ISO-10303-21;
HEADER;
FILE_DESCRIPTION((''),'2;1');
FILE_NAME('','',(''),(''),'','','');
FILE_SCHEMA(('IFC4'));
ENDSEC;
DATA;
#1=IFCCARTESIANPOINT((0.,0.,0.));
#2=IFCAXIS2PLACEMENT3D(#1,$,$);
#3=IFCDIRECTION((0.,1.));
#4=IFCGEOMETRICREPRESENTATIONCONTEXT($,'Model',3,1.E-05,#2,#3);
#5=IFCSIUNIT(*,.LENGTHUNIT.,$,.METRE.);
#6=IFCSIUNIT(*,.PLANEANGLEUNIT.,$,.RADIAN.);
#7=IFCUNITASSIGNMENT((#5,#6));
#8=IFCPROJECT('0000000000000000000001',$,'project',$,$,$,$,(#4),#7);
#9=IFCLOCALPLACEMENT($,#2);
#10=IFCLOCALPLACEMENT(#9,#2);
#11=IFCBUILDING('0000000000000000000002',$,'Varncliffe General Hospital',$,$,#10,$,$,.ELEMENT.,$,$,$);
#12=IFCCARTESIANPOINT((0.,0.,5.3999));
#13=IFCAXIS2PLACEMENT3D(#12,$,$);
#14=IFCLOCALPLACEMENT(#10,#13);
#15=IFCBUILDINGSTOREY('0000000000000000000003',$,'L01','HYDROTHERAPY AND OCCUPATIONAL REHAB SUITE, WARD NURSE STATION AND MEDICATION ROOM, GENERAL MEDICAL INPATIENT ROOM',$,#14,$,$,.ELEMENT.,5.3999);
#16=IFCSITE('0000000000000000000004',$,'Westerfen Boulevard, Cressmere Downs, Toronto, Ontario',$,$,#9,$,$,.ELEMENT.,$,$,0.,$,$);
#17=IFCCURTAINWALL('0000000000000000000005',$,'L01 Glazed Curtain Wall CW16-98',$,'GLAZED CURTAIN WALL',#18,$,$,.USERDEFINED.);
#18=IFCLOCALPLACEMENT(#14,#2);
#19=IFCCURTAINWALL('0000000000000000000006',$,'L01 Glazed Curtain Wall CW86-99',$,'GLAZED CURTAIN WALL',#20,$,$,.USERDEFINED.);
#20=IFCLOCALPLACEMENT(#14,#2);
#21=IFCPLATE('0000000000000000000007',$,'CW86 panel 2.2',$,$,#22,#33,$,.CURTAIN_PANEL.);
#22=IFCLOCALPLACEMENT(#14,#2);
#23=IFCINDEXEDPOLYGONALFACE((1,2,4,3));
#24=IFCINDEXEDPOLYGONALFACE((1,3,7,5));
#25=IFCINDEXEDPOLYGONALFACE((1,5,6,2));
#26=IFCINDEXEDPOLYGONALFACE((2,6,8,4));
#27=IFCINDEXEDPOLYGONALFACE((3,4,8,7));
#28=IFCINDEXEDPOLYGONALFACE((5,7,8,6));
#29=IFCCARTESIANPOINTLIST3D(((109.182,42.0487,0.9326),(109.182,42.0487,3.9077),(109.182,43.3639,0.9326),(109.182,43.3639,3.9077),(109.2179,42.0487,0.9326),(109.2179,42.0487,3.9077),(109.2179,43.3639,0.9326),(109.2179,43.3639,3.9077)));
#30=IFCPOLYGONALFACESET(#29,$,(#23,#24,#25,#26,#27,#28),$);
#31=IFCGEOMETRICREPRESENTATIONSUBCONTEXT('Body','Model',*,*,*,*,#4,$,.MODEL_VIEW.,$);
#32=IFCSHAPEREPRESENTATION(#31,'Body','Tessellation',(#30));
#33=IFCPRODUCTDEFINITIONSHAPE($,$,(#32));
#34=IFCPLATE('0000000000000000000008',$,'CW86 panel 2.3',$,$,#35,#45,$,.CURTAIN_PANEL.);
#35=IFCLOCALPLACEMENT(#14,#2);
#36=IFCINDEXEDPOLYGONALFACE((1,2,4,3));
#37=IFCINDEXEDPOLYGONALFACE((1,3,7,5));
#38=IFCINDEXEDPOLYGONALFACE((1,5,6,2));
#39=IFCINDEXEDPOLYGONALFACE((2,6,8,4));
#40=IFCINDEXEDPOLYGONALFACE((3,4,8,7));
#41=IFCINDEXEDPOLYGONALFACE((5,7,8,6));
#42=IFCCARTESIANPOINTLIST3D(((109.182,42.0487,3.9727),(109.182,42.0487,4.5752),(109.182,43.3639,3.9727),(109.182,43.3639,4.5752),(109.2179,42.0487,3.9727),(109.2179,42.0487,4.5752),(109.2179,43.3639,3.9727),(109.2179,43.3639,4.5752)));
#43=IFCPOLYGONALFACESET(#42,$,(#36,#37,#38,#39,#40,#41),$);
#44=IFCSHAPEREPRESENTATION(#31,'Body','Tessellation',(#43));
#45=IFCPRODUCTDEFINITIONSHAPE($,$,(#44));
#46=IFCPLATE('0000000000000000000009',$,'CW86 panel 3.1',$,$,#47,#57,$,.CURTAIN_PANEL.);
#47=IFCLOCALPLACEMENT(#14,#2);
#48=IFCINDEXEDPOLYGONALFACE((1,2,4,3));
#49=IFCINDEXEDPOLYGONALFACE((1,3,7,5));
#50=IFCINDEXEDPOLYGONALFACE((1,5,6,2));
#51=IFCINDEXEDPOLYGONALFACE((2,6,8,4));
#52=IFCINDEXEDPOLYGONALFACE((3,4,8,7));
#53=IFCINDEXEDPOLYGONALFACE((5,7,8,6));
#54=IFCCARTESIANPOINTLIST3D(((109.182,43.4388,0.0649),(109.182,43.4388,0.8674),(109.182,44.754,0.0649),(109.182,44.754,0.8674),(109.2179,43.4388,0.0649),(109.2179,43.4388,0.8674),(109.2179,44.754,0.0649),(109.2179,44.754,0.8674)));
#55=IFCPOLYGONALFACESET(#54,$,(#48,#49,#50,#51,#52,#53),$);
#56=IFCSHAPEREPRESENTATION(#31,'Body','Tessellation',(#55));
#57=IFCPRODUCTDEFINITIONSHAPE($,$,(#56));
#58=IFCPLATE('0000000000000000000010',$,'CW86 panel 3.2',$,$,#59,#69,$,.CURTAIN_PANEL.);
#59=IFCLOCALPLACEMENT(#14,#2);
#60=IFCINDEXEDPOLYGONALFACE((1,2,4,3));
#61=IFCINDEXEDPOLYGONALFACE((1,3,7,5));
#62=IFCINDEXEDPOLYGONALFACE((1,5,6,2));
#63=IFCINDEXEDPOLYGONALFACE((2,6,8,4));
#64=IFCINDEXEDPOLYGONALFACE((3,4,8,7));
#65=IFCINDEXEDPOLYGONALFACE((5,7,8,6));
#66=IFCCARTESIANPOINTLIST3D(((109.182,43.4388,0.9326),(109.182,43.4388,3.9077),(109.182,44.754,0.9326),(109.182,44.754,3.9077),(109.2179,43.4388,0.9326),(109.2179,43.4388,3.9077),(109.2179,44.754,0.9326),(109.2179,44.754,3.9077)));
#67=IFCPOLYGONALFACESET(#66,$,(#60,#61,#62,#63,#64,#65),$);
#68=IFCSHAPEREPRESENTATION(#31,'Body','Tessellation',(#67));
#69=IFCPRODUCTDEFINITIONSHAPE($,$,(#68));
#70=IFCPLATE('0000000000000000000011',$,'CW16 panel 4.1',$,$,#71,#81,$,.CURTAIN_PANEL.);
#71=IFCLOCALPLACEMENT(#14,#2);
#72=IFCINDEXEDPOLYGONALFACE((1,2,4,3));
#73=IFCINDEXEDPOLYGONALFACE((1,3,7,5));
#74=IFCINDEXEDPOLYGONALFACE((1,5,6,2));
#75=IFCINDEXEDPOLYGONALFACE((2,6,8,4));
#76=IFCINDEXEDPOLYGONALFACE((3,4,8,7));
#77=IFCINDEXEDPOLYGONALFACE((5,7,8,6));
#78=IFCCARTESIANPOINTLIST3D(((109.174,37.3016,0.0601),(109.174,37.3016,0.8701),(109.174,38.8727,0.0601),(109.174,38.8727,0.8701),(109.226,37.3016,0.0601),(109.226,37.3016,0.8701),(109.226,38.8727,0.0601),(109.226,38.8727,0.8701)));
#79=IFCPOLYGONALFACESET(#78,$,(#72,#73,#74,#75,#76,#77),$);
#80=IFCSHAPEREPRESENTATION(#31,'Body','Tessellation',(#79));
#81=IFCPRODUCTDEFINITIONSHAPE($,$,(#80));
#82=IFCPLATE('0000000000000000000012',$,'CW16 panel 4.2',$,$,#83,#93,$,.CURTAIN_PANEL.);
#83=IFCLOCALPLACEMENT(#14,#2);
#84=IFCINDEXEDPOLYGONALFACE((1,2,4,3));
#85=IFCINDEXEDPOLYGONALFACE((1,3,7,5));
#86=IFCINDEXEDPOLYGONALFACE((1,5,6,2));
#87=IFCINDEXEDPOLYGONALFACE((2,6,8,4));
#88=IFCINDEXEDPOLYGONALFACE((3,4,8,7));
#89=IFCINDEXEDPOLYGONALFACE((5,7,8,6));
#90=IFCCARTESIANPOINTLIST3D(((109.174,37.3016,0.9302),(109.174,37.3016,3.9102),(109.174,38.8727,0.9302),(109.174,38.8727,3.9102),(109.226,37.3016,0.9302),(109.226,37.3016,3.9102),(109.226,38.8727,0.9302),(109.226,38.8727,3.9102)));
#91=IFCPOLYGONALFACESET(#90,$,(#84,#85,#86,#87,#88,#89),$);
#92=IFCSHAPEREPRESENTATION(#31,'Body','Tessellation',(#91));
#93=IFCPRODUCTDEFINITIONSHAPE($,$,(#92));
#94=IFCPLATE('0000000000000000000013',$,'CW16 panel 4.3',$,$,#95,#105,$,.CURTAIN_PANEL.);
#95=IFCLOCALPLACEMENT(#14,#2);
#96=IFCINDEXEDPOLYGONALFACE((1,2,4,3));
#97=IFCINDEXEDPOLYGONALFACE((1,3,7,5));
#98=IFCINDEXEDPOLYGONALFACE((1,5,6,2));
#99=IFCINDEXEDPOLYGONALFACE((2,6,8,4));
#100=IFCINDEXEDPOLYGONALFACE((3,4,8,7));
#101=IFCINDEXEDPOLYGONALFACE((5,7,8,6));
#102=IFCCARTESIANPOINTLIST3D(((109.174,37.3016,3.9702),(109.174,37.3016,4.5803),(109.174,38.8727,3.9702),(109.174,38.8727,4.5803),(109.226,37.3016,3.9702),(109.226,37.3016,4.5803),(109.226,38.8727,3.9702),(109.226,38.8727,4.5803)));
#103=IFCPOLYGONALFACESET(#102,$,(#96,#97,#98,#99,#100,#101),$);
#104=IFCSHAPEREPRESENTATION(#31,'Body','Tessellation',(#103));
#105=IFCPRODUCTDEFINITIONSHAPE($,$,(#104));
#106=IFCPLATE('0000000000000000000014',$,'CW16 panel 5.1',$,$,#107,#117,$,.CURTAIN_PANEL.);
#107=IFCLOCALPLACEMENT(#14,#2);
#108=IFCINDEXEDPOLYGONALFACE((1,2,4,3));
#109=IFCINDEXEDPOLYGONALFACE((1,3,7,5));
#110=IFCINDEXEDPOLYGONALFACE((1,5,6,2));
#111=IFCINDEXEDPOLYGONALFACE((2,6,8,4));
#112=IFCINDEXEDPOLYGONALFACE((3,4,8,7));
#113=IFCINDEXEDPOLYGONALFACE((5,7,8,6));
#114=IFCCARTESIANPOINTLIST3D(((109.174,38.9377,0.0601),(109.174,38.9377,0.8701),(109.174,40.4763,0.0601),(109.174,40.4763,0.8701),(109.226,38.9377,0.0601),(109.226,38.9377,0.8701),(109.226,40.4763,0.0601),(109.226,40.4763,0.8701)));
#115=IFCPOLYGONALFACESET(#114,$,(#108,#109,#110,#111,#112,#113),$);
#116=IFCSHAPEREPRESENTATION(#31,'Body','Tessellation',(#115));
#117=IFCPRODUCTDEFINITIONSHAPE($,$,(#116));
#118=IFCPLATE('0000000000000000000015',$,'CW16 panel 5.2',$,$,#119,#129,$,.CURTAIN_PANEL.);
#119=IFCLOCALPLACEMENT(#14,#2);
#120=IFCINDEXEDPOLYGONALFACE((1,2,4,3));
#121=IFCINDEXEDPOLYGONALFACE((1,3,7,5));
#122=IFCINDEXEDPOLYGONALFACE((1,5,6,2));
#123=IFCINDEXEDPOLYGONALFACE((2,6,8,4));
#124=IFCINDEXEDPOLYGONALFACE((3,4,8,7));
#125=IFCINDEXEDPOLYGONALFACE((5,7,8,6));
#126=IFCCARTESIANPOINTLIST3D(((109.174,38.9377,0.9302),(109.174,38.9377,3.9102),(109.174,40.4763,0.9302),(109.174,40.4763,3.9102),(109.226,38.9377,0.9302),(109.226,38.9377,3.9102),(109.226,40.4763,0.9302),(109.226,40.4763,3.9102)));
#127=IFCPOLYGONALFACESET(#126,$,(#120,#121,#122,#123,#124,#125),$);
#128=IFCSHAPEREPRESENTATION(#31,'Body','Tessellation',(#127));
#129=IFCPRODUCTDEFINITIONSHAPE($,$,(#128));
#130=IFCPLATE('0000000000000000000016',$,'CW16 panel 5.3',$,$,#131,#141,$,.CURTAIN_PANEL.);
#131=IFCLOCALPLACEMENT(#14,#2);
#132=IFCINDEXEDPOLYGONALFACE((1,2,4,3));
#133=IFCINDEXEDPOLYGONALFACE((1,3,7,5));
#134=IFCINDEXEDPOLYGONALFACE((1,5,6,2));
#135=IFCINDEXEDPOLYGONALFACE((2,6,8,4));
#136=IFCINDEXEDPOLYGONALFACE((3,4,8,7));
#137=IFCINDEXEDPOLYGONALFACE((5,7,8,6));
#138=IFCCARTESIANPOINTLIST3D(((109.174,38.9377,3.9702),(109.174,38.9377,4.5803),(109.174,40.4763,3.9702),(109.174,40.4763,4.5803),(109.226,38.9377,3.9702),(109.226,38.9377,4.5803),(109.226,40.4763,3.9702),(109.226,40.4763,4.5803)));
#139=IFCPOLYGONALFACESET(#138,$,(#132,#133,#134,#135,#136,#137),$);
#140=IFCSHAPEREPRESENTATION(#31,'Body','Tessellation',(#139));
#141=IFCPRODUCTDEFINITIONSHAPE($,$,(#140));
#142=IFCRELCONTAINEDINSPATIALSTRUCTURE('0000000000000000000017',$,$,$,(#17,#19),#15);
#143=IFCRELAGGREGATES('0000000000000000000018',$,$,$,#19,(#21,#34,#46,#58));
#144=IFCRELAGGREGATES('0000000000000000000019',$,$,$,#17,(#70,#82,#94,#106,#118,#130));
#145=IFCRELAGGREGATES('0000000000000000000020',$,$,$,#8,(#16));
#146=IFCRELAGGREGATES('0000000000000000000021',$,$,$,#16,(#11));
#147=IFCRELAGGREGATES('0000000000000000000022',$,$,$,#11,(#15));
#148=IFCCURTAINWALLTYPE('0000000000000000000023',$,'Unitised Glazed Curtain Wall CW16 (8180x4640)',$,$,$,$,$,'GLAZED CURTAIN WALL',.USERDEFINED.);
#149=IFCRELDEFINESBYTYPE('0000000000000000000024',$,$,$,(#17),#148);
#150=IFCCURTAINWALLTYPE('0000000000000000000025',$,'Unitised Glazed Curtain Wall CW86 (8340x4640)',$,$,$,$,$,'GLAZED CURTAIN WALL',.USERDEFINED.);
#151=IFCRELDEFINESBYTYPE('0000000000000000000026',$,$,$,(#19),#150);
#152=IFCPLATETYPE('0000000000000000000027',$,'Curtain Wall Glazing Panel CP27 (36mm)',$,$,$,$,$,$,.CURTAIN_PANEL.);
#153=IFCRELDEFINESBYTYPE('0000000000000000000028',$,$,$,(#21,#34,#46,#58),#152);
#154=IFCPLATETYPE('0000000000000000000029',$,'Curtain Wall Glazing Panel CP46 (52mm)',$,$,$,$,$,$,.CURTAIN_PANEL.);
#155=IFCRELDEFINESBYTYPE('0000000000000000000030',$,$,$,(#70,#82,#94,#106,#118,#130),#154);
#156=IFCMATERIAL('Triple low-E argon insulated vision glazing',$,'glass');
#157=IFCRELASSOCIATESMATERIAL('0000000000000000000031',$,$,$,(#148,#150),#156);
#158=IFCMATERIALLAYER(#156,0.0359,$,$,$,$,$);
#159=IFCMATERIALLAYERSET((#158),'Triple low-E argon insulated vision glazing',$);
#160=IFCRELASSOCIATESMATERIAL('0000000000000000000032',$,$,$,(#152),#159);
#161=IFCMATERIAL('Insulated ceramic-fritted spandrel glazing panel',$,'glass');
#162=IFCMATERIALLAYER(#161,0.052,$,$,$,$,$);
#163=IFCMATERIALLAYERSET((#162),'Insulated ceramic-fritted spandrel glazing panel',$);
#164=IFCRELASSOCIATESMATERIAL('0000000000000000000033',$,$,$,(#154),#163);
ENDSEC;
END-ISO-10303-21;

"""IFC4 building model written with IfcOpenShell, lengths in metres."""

from ifc_helpers import new_model, si_unit, direction, frame, origin, origin_2d, place, context, subcontext, project, spatial, rectangle, extrude, material, layer, layer_set, type_object, element, aggregate, save


model = new_model("IFC4")

# Units and contexts
model_context = context("Model", 3, precision=1e-05, world=origin(), true_north=direction((0.0, 1.0)))
body_context = subcontext(model_context, "Body", "Model", "MODEL_VIEW")
ifc_project = project(units=[si_unit("LENGTHUNIT", "METRE"), si_unit("PLANEANGLEUNIT", "RADIAN")], contexts=[model_context])

# Site, building, storey
site_placement = place(None, origin())
site = spatial("IfcSite", under=ifc_project, at=site_placement, Name="Westerfen Boulevard, Cressmere Downs, Toronto, Ontario", CompositionType="ELEMENT", RefElevation=0.0)
building_placement = place(site_placement, origin())
building = spatial("IfcBuilding", under=site, at=building_placement, Name="Varncliffe General Hospital", CompositionType="ELEMENT")
storey_placement = place(building_placement, frame((0.0, 0.0, 5.3999)))
storey = spatial("IfcBuildingStorey", under=building, at=storey_placement, Name="L01", Description="HYDROTHERAPY AND OCCUPATIONAL REHAB SUITE, WARD NURSE STATION AND MEDICATION ROOM, GENERAL MEDICAL INPATIENT ROOM", CompositionType="ELEMENT", Elevation=5.3999)

# Curtain walls
ifc_material_1 = material(Name="Triple low-E argon insulated vision glazing", Category="glass")
curtain_wall_type_1 = type_object("IfcCurtainWallType", Name="Unitised Glazed Curtain Wall CW16 (8180x4640)", ElementType="GLAZED CURTAIN WALL", PredefinedType="USERDEFINED", material=ifc_material_1)
curtain_wall_1_placement = place(storey_placement, origin())
curtain_wall_1 = element("IfcCurtainWall", 1, at=curtain_wall_1_placement, inside=storey, type_object=curtain_wall_type_1, Name="L01 Glazed Curtain Wall CW16-98", ObjectType="GLAZED CURTAIN WALL", PredefinedType="USERDEFINED")
curtain_wall_type_2 = type_object("IfcCurtainWallType", Name="Unitised Glazed Curtain Wall CW86 (8340x4640)", ElementType="GLAZED CURTAIN WALL", PredefinedType="USERDEFINED", material=ifc_material_1)
curtain_wall_2_placement = place(storey_placement, origin())
curtain_wall_2 = element("IfcCurtainWall", 2, at=curtain_wall_2_placement, inside=storey, type_object=curtain_wall_type_2, Name="L01 Glazed Curtain Wall CW86-99", ObjectType="GLAZED CURTAIN WALL", PredefinedType="USERDEFINED")

# Plates
ifc_layer_1 = layer(ifc_material_1, 0.0359)
ifc_layer_set_1 = layer_set([ifc_layer_1], Name="Triple low-E argon insulated vision glazing")
plate_type_1 = type_object("IfcPlateType", Name="Curtain Wall Glazing Panel CP27 (36mm)", PredefinedType="CURTAIN_PANEL", material=ifc_layer_set_1)
plate_1_placement = place(storey_placement, frame((109.2, 42.7063, 0.9326), z_axis=(0.0, 0.0, 1.0), x_axis=(0.0, 1.0, 0.0)))
plate_1 = element("IfcPlate", 3, at=plate_1_placement, type_object=plate_type_1, Name="CW86 panel 2.2", PredefinedType="CURTAIN_PANEL", context=body_context, shape_type="SweptSolid", body=[
    extrude(rectangle(XDim=1.3152, YDim=0.0359, at=origin_2d()), origin(), (0.0, 0.0, 1.0), 2.9751),
])
plate_2_placement = place(storey_placement, frame((109.2, 42.7063, 3.9727), z_axis=(0.0, 0.0, 1.0), x_axis=(0.0, 1.0, 0.0)))
plate_2 = element("IfcPlate", 4, at=plate_2_placement, type_object=plate_type_1, Name="CW86 panel 2.3", PredefinedType="CURTAIN_PANEL", context=body_context, shape_type="SweptSolid", body=[
    extrude(rectangle(XDim=1.3152, YDim=0.0359, at=origin_2d()), origin(), (0.0, 0.0, 1.0), 0.6025),
])
plate_3_placement = place(storey_placement, frame((109.2, 44.0964, 0.0649), z_axis=(0.0, 0.0, 1.0), x_axis=(0.0, 1.0, 0.0)))
plate_3 = element("IfcPlate", 5, at=plate_3_placement, type_object=plate_type_1, Name="CW86 panel 3.1", PredefinedType="CURTAIN_PANEL", context=body_context, shape_type="SweptSolid", body=[
    extrude(rectangle(XDim=1.3152, YDim=0.0359, at=origin_2d()), origin(), (0.0, 0.0, 1.0), 0.8025),
])
plate_4_placement = place(storey_placement, frame((109.2, 44.0964, 0.9326), z_axis=(0.0, 0.0, 1.0), x_axis=(0.0, 1.0, 0.0)))
plate_4 = element("IfcPlate", 6, at=plate_4_placement, type_object=plate_type_1, Name="CW86 panel 3.2", PredefinedType="CURTAIN_PANEL", context=body_context, shape_type="SweptSolid", body=[
    extrude(rectangle(XDim=1.3152, YDim=0.0359, at=origin_2d()), origin(), (0.0, 0.0, 1.0), 2.9751),
])
aggregate(curtain_wall_2, [plate_1, plate_2, plate_3, plate_4])
ifc_material_2 = material(Name="Insulated ceramic-fritted spandrel glazing panel", Category="glass")
ifc_layer_2 = layer(ifc_material_2, 0.052)
ifc_layer_set_2 = layer_set([ifc_layer_2], Name="Insulated ceramic-fritted spandrel glazing panel")
plate_type_2 = type_object("IfcPlateType", Name="Curtain Wall Glazing Panel CP46 (52mm)", PredefinedType="CURTAIN_PANEL", material=ifc_layer_set_2)
plate_5_placement = place(storey_placement, frame((109.2, 38.0872, 0.0601), z_axis=(0.0, 0.0, 1.0), x_axis=(0.0, 1.0, 0.0)))
plate_5 = element("IfcPlate", 7, at=plate_5_placement, type_object=plate_type_2, Name="CW16 panel 4.1", PredefinedType="CURTAIN_PANEL", context=body_context, shape_type="SweptSolid", body=[
    extrude(rectangle(XDim=1.571, YDim=0.052, at=origin_2d()), origin(), (0.0, 0.0, 1.0), 0.8101),
])
plate_6_placement = place(storey_placement, frame((109.2, 38.0872, 0.9302), z_axis=(0.0, 0.0, 1.0), x_axis=(0.0, 1.0, 0.0)))
plate_6 = element("IfcPlate", 8, at=plate_6_placement, type_object=plate_type_2, Name="CW16 panel 4.2", PredefinedType="CURTAIN_PANEL", context=body_context, shape_type="SweptSolid", body=[
    extrude(rectangle(XDim=1.571, YDim=0.052, at=origin_2d()), origin(), (0.0, 0.0, 1.0), 2.98),
])
plate_7_placement = place(storey_placement, frame((109.2, 38.0872, 3.9702), z_axis=(0.0, 0.0, 1.0), x_axis=(0.0, 1.0, 0.0)))
plate_7 = element("IfcPlate", 9, at=plate_7_placement, type_object=plate_type_2, Name="CW16 panel 4.3", PredefinedType="CURTAIN_PANEL", context=body_context, shape_type="SweptSolid", body=[
    extrude(rectangle(XDim=1.571, YDim=0.052, at=origin_2d()), origin(), (0.0, 0.0, 1.0), 0.6101),
])
plate_8_placement = place(storey_placement, frame((109.2, 39.707, 0.0601), z_axis=(0.0, 0.0, 1.0), x_axis=(0.0, 1.0, 0.0)))
plate_8 = element("IfcPlate", 10, at=plate_8_placement, type_object=plate_type_2, Name="CW16 panel 5.1", PredefinedType="CURTAIN_PANEL", context=body_context, shape_type="SweptSolid", body=[
    extrude(rectangle(XDim=1.5386, YDim=0.052, at=origin_2d()), origin(), (0.0, 0.0, 1.0), 0.8101),
])
plate_9_placement = place(storey_placement, frame((109.2, 39.707, 0.9302), z_axis=(0.0, 0.0, 1.0), x_axis=(0.0, 1.0, 0.0)))
plate_9 = element("IfcPlate", 11, at=plate_9_placement, type_object=plate_type_2, Name="CW16 panel 5.2", PredefinedType="CURTAIN_PANEL", context=body_context, shape_type="SweptSolid", body=[
    extrude(rectangle(XDim=1.5386, YDim=0.052, at=origin_2d()), origin(), (0.0, 0.0, 1.0), 2.98),
])
plate_10_placement = place(storey_placement, frame((109.2, 39.707, 3.9702), z_axis=(0.0, 0.0, 1.0), x_axis=(0.0, 1.0, 0.0)))
plate_10 = element("IfcPlate", 12, at=plate_10_placement, type_object=plate_type_2, Name="CW16 panel 5.3", PredefinedType="CURTAIN_PANEL", context=body_context, shape_type="SweptSolid", body=[
    extrude(rectangle(XDim=1.5386, YDim=0.052, at=origin_2d()), origin(), (0.0, 0.0, 1.0), 0.6101),
])
aggregate(curtain_wall_1, [plate_5, plate_6, plate_7, plate_8, plate_9, plate_10])

save(model, "model.ifc")
